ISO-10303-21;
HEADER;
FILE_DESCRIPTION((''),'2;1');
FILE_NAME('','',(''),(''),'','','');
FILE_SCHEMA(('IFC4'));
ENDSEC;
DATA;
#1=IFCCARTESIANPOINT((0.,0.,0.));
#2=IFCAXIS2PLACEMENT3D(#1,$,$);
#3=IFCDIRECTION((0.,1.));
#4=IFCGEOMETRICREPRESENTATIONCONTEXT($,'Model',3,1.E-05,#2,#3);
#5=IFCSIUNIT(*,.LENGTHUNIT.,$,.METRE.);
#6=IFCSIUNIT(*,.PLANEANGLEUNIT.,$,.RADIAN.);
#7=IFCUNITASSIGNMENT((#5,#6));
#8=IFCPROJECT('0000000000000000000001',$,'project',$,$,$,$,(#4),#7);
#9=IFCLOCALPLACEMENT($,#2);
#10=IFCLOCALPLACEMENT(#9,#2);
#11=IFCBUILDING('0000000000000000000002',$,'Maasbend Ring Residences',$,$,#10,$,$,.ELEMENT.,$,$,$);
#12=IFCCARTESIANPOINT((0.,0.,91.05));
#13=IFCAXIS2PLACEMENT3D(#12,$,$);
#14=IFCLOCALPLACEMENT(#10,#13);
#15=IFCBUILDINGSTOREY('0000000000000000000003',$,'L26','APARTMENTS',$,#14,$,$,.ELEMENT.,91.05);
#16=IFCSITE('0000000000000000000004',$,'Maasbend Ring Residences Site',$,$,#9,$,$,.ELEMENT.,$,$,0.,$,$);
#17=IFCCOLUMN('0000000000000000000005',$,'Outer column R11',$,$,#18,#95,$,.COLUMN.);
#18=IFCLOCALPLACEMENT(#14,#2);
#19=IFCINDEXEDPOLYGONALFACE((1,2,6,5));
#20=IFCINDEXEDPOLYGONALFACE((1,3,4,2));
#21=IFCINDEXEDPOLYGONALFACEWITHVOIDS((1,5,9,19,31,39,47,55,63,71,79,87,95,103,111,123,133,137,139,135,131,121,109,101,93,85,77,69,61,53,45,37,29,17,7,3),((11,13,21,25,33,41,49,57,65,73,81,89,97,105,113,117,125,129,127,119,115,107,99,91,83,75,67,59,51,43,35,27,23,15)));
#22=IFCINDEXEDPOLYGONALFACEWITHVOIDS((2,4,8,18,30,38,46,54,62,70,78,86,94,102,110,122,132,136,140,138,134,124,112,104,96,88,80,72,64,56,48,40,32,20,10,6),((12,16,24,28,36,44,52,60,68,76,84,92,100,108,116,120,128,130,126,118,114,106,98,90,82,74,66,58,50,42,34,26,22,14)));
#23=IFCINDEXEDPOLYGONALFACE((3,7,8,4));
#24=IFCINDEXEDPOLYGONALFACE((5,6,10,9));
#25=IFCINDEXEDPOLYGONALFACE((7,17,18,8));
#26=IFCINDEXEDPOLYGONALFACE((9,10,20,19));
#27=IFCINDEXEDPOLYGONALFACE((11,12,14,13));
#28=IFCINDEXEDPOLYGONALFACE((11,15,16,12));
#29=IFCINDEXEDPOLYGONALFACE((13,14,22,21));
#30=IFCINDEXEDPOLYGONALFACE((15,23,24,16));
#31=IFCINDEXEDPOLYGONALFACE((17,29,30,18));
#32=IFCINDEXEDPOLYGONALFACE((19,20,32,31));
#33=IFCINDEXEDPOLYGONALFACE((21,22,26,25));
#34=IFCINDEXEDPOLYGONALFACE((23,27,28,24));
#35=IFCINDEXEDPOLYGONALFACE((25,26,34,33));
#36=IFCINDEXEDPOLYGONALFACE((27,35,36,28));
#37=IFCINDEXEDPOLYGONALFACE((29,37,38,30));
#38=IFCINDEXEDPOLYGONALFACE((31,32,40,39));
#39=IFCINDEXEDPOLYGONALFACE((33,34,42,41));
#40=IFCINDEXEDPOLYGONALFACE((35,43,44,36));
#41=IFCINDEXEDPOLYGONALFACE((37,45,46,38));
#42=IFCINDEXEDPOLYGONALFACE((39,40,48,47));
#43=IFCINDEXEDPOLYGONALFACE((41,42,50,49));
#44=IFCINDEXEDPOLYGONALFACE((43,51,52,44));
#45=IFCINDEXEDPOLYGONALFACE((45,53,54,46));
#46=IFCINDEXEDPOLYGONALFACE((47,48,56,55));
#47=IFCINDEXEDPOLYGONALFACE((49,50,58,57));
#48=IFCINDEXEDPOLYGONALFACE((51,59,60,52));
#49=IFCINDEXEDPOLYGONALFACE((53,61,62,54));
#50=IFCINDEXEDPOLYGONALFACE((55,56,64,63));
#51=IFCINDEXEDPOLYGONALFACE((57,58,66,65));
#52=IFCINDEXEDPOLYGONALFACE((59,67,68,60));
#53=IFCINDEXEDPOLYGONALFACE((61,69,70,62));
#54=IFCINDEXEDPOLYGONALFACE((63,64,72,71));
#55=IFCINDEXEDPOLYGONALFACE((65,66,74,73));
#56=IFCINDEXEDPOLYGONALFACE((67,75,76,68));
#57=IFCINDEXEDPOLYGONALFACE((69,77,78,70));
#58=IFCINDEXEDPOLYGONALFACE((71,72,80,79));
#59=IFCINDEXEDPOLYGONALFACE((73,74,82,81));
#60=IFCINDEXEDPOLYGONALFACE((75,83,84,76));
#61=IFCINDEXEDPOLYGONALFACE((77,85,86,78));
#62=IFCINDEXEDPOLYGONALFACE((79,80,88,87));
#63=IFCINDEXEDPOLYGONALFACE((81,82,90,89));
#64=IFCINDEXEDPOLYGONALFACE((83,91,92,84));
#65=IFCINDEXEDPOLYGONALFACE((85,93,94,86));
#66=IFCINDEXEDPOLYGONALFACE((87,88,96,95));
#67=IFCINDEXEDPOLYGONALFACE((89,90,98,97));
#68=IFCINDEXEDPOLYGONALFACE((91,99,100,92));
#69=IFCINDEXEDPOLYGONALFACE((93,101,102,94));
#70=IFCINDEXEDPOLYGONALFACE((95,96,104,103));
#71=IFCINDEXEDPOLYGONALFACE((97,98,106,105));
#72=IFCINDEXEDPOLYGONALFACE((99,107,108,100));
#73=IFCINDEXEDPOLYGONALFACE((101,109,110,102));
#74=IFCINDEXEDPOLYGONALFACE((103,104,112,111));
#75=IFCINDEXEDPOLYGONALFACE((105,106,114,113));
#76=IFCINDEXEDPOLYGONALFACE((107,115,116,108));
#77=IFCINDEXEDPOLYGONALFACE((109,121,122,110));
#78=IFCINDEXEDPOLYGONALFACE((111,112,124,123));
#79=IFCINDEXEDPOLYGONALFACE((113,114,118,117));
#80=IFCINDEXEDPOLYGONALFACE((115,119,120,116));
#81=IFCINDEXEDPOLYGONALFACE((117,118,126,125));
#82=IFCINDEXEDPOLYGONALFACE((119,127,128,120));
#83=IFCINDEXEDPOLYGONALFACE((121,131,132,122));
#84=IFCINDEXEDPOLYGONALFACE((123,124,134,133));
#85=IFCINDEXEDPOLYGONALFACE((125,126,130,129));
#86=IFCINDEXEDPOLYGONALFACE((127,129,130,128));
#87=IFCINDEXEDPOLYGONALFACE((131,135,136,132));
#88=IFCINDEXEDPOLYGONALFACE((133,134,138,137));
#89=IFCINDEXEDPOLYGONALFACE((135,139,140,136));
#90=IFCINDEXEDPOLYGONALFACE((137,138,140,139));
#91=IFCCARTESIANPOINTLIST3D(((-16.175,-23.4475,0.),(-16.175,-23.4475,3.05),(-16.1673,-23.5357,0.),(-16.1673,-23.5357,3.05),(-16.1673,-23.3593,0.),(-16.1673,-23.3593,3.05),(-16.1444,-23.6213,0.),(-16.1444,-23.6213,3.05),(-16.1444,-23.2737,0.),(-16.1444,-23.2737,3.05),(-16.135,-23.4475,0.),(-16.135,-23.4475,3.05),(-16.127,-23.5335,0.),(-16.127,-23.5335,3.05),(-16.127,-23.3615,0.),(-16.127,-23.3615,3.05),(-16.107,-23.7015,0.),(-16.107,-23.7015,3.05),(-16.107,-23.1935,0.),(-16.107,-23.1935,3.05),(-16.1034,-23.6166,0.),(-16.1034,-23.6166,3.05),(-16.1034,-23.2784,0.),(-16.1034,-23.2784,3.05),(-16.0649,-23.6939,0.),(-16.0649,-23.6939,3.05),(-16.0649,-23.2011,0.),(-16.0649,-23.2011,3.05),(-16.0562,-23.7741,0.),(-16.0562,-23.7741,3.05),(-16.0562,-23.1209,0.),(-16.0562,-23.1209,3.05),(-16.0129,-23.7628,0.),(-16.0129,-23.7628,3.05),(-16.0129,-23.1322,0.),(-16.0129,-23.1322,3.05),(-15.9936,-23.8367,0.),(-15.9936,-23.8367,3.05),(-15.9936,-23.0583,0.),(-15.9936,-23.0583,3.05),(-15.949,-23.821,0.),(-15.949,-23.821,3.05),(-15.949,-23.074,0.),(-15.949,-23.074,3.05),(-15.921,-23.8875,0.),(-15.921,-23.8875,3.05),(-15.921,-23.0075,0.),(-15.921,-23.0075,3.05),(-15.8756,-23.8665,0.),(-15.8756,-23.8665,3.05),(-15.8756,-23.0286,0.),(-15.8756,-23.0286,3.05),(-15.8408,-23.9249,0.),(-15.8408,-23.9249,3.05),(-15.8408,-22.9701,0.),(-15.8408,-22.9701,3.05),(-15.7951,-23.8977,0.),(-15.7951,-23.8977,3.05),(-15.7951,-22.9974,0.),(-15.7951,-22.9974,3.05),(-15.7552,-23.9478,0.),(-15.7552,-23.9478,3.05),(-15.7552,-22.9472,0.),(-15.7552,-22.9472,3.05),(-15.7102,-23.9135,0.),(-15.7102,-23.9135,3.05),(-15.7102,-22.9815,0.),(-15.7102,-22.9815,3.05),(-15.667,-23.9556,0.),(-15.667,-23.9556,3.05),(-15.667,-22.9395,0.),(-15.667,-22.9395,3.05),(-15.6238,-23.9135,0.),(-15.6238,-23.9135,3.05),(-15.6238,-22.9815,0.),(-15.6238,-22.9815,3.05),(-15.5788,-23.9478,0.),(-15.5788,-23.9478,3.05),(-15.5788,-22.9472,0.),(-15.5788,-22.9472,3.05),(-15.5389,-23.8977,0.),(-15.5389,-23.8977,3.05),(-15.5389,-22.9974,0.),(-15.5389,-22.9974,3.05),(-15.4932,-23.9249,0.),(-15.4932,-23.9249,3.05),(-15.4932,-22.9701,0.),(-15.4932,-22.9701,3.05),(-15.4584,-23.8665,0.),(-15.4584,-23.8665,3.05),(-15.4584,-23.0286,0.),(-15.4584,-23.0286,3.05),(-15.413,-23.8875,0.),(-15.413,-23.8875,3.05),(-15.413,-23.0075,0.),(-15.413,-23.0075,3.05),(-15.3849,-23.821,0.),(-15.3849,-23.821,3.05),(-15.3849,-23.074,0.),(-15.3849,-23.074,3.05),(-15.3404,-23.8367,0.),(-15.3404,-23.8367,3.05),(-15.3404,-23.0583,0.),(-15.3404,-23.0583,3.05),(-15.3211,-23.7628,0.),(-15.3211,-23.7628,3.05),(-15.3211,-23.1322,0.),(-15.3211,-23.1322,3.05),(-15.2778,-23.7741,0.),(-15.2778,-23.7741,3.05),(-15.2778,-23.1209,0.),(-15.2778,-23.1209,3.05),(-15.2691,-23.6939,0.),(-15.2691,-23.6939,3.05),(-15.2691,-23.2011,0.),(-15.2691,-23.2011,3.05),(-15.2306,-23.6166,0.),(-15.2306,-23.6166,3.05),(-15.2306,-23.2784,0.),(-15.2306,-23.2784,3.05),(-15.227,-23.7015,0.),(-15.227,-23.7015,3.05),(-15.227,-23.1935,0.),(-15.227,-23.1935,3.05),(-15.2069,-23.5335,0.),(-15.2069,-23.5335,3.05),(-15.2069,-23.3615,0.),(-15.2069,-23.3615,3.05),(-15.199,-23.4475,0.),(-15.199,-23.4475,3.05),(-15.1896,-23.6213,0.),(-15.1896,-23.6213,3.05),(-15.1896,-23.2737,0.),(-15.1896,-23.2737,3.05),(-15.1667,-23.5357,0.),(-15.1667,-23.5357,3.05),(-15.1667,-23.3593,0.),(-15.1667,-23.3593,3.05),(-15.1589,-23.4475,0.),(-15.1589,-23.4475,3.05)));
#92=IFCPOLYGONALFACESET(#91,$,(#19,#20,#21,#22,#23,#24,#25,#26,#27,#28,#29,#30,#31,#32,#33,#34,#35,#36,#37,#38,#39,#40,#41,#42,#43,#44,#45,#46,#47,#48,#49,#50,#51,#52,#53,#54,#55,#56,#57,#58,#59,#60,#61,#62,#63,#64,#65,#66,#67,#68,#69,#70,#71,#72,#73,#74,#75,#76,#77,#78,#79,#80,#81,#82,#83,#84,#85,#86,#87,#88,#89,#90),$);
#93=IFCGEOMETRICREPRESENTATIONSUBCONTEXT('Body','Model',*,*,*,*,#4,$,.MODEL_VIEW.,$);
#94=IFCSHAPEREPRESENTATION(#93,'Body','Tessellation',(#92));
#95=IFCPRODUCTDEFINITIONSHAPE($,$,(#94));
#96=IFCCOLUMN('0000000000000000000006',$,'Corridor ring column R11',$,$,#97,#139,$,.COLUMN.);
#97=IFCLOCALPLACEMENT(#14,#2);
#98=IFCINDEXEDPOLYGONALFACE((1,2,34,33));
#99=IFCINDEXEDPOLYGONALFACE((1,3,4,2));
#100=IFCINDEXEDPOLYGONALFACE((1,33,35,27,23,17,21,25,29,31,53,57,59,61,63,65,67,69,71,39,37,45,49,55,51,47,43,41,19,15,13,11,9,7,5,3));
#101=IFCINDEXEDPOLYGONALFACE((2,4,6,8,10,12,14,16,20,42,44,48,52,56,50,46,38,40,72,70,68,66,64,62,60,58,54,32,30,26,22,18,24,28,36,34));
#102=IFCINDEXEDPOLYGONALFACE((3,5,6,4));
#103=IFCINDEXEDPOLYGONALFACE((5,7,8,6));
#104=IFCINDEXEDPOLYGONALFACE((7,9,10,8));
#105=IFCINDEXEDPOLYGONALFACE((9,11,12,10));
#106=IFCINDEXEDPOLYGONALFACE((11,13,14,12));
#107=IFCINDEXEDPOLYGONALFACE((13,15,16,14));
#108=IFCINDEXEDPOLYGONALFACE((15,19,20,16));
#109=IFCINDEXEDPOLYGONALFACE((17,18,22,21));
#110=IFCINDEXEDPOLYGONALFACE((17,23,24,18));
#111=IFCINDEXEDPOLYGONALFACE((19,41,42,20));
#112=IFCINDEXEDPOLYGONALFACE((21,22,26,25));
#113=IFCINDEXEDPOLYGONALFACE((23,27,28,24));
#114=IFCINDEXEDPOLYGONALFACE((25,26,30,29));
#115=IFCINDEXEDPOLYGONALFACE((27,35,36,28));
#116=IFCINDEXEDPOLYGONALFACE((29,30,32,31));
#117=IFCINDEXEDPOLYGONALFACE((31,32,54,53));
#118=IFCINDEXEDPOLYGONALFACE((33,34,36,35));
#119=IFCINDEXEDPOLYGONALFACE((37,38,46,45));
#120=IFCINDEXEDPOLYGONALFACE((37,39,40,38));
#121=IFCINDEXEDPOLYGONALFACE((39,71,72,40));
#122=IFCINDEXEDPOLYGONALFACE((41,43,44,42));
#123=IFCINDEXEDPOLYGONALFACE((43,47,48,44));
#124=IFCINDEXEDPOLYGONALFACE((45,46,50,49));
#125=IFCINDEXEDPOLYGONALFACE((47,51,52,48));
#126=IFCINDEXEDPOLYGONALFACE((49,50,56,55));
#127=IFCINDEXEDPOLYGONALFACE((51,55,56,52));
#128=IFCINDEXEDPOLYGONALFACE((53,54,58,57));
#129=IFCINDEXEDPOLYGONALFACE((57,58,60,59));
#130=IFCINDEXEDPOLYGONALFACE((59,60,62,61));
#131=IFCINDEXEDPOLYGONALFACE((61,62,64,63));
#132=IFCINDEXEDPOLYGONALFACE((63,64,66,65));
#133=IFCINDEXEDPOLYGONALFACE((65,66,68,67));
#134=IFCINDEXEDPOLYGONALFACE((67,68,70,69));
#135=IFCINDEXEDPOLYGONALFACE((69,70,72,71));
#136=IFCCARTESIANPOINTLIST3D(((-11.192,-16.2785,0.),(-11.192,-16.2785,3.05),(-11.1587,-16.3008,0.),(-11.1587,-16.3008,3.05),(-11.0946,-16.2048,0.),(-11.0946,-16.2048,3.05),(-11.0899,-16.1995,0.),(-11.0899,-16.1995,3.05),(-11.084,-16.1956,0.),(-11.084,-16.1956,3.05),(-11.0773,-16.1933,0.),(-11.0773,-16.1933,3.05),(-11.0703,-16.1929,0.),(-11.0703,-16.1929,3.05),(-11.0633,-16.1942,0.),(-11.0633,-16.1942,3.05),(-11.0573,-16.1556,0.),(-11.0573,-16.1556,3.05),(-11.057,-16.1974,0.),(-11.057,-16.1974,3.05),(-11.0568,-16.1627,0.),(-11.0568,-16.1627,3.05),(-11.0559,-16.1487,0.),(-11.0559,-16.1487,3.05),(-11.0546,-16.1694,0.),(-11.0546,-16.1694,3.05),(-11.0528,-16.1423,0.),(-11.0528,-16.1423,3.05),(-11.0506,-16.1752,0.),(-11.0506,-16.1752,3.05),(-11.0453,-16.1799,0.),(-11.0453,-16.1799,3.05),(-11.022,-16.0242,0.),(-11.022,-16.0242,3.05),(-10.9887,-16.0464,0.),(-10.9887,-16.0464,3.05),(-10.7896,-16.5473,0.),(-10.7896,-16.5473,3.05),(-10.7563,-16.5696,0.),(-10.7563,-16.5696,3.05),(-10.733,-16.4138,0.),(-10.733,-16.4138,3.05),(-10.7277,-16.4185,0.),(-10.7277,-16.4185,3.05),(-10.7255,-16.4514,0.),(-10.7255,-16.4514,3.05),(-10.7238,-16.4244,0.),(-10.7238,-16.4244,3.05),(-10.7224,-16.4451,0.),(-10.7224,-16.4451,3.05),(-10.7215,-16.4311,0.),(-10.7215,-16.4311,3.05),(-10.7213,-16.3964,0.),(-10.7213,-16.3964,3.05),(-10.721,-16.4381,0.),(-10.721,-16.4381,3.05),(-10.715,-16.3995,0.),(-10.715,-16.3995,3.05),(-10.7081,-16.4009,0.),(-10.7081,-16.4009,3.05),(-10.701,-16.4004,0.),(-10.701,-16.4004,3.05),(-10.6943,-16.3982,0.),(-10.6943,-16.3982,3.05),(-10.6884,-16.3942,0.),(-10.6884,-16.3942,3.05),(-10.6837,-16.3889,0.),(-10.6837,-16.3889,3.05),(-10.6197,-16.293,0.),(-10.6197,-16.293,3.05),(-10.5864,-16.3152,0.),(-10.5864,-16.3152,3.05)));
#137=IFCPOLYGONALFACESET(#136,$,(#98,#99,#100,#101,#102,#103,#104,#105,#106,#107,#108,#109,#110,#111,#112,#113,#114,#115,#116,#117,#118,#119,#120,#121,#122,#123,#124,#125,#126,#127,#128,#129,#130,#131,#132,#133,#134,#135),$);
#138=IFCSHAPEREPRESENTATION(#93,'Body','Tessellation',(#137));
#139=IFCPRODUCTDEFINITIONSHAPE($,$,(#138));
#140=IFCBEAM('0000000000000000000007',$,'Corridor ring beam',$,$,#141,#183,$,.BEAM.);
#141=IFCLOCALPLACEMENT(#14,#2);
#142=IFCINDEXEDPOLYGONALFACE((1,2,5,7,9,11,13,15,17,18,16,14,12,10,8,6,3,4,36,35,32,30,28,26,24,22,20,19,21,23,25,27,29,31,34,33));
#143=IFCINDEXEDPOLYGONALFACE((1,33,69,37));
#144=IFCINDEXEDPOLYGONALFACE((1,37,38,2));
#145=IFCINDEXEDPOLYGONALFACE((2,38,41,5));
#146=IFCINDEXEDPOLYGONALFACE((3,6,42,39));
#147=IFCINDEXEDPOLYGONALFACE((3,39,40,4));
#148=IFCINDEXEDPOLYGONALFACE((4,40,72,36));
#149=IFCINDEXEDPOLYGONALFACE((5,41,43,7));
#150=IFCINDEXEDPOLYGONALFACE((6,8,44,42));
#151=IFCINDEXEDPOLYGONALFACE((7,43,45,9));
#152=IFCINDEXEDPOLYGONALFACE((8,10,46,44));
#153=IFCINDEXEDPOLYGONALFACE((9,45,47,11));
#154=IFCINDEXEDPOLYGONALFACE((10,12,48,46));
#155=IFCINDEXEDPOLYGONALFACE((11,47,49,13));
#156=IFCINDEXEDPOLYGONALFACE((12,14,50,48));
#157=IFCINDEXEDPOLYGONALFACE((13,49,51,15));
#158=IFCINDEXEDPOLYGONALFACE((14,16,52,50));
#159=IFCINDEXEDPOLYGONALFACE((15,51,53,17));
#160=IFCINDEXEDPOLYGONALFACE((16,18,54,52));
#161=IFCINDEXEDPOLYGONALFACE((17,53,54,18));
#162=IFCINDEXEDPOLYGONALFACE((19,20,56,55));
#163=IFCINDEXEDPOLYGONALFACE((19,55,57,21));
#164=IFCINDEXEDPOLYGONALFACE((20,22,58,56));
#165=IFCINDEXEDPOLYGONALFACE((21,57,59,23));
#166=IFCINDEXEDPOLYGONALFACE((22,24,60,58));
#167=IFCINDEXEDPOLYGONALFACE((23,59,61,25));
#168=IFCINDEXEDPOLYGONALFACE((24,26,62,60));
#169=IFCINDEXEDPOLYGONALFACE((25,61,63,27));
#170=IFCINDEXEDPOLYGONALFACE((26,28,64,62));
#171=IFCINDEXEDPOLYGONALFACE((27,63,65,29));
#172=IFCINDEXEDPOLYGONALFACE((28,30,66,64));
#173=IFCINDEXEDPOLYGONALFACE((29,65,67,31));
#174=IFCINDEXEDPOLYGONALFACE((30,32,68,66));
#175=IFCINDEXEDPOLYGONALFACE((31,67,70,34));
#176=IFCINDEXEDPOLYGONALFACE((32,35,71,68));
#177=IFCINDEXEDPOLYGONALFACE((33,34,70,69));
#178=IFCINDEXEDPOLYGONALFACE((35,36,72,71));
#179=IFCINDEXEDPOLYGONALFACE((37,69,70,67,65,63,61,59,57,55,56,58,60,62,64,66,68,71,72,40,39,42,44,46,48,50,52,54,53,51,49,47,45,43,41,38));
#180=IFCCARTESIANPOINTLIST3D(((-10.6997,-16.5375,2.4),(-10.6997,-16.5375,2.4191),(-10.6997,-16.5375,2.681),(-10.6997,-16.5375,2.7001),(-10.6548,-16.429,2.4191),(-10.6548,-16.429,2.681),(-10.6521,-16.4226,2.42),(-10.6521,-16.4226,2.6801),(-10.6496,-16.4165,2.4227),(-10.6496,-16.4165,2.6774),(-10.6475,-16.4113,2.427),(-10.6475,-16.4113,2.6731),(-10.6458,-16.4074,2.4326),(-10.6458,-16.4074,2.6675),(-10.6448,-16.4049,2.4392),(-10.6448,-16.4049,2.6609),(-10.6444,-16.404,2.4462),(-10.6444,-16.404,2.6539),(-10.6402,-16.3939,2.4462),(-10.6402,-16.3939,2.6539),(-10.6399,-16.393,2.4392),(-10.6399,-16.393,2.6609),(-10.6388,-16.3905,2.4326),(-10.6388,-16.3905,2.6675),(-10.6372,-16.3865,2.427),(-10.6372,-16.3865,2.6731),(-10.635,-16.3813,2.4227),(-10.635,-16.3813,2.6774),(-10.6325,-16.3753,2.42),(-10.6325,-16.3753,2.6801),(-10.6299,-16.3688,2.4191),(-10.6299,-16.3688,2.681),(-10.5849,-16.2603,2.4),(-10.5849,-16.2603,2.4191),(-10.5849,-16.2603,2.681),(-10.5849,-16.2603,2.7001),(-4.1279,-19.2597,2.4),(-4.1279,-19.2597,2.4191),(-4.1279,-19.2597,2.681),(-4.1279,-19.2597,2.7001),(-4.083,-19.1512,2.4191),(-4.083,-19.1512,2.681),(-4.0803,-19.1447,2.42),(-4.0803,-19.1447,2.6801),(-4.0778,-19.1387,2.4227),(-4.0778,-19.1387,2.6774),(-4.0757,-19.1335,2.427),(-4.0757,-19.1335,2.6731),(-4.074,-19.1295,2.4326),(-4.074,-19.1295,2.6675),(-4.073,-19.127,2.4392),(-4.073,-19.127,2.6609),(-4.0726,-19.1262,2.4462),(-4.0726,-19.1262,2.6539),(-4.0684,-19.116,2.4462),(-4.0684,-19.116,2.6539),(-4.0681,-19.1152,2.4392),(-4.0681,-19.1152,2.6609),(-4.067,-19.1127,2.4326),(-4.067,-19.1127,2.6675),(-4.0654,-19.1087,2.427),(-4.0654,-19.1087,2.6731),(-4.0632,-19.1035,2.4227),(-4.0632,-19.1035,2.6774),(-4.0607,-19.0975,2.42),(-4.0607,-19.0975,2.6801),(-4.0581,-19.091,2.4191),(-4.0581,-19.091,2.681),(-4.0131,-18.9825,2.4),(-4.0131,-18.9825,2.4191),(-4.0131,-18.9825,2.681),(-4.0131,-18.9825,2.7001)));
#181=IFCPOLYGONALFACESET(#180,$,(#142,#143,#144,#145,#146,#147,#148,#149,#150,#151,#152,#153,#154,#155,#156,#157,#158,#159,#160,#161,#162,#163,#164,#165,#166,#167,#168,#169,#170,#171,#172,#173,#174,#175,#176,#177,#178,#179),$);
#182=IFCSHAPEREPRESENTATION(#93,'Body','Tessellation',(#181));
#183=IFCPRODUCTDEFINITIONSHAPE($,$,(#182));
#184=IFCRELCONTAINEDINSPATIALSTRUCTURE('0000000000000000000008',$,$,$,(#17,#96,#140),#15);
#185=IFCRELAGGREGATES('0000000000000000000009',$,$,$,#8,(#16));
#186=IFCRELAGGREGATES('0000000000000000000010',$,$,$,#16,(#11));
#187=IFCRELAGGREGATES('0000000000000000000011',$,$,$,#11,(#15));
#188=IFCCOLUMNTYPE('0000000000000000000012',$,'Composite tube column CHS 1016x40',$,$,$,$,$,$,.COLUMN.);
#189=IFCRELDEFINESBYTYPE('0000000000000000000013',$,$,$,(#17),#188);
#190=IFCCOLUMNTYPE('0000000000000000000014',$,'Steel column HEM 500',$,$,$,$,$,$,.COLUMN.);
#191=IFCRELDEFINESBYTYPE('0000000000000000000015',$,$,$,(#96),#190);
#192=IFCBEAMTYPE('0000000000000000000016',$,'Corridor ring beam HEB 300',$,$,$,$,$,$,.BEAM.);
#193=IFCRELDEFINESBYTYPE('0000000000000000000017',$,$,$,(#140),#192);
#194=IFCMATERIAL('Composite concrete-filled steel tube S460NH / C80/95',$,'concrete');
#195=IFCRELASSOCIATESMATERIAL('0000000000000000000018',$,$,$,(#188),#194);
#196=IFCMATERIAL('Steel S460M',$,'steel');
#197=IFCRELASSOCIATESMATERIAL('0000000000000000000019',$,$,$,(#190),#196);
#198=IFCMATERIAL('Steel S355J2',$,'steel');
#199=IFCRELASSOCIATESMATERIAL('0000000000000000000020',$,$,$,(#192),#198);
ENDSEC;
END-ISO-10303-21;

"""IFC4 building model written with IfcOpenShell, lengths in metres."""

from ifc_helpers import new_model, si_unit, direction, frame, origin, origin_2d, place, context, subcontext, project, spatial, hollow_circle, i_section, extrude, material, material_profile, profile_set, type_object, element, save


model = new_model("IFC4")

# Units and contexts
model_context = context("Model", 3, precision=1e-05, world=origin(), true_north=direction((0.0, 1.0)))
body_context = subcontext(model_context, "Body", "Model", "MODEL_VIEW")
ifc_project = project(units=[si_unit("LENGTHUNIT", "METRE"), si_unit("PLANEANGLEUNIT", "RADIAN")], contexts=[model_context])

# Site, building, storey
site_placement = place(None, origin())
site = spatial("IfcSite", under=ifc_project, at=site_placement, Name="Maasbend Ring Residences Site", CompositionType="ELEMENT", RefElevation=0.0)
building_placement = place(site_placement, origin())
building = spatial("IfcBuilding", under=site, at=building_placement, Name="Maasbend Ring Residences", CompositionType="ELEMENT")
storey_placement = place(building_placement, frame((0.0, 0.0, 91.05)))
storey = spatial("IfcBuildingStorey", under=building, at=storey_placement, Name="L26", Description="APARTMENTS", CompositionType="ELEMENT", Elevation=91.05)

# Columns
ifc_material_1 = material(Name="Composite concrete-filled steel tube S460NH / C80/95", Category="concrete")
ifc_material_profile_1 = material_profile(ifc_material_1, hollow_circle(Radius=0.5081, WallThickness=0.04, at=origin_2d()), Name="Composite tube column CHS 1016x40")
ifc_profile_set_1 = profile_set([ifc_material_profile_1], Name="Composite concrete-filled steel tube S460NH / C80/95")
column_type_1 = type_object("IfcColumnType", Name="Composite tube column CHS 1016x40", PredefinedType="COLUMN", material=ifc_profile_set_1)
column_1_placement = place(storey_placement, frame((-15.667, -23.4475, 0.0), z_axis=(0.0, 0.0, 1.0), x_axis=(1.0, 0.0, 0.0)))
element("IfcColumn", 1, at=column_1_placement, inside=storey, type_object=column_type_1, Name="Outer column R11", PredefinedType="COLUMN", context=body_context, shape_type="SweptSolid", body=[
    extrude(hollow_circle(Radius=0.5081, WallThickness=0.04, at=origin_2d()), origin(), (0.0, 0.0, 1.0), 3.05),
])
ifc_material_2 = material(Name="Steel S460M", Category="steel")
ifc_material_profile_2 = material_profile(ifc_material_2, i_section(OverallWidth=0.3059, OverallDepth=0.5239, WebThickness=0.021, FlangeThickness=0.04, FilletRadius=0.0271, at=origin_2d()), Name="HEM 500")
ifc_profile_set_2 = profile_set([ifc_material_profile_2], Name="Steel S460M")
column_type_2 = type_object("IfcColumnType", Name="Steel column HEM 500", PredefinedType="COLUMN", material=ifc_profile_set_2)
column_2_placement = place(storey_placement, frame((-10.8892, -16.2969, 0.0), z_axis=(0.0, 0.0, 1.0), x_axis=(-0.55557, -0.83147, 0.0)))
element("IfcColumn", 2, at=column_2_placement, inside=storey, type_object=column_type_2, Name="Corridor ring column R11", PredefinedType="COLUMN", context=body_context, shape_type="SweptSolid", body=[
    extrude(i_section(OverallWidth=0.3059, OverallDepth=0.5239, WebThickness=0.021, FlangeThickness=0.04, FilletRadius=0.0271, at=origin_2d()), origin(), (0.0, 0.0, 1.0), 3.05),
])

# Beam
ifc_material_3 = material(Name="Steel S355J2", Category="steel")
ifc_material_profile_3 = material_profile(ifc_material_3, i_section(OverallWidth=0.3, OverallDepth=0.3, WebThickness=0.011, FlangeThickness=0.019, FilletRadius=0.0271, at=origin_2d()), Name="HEB 300")
ifc_profile_set_3 = profile_set([ifc_material_profile_3], Name="Steel S355J2")
beam_type_1 = type_object("IfcBeamType", Name="Corridor ring beam HEB 300", PredefinedType="BEAM", material=ifc_profile_set_3)
beam_1_placement = place(storey_placement, frame((-10.6423, -16.3989, 2.55), z_axis=(0.923877, -0.382689, 0.0), x_axis=(0.382689, 0.923877, 0.0)))
element("IfcBeam", 3, at=beam_1_placement, inside=storey, type_object=beam_type_1, Name="Corridor ring beam", PredefinedType="BEAM", context=body_context, shape_type="SweptSolid", body=[
    extrude(i_section(OverallWidth=0.3, OverallDepth=0.3, WebThickness=0.011, FlangeThickness=0.019, FilletRadius=0.0271, at=origin_2d()), origin(), (0.0, 0.0, 1.0), 7.1133),
])

save(model, "model.ifc")
